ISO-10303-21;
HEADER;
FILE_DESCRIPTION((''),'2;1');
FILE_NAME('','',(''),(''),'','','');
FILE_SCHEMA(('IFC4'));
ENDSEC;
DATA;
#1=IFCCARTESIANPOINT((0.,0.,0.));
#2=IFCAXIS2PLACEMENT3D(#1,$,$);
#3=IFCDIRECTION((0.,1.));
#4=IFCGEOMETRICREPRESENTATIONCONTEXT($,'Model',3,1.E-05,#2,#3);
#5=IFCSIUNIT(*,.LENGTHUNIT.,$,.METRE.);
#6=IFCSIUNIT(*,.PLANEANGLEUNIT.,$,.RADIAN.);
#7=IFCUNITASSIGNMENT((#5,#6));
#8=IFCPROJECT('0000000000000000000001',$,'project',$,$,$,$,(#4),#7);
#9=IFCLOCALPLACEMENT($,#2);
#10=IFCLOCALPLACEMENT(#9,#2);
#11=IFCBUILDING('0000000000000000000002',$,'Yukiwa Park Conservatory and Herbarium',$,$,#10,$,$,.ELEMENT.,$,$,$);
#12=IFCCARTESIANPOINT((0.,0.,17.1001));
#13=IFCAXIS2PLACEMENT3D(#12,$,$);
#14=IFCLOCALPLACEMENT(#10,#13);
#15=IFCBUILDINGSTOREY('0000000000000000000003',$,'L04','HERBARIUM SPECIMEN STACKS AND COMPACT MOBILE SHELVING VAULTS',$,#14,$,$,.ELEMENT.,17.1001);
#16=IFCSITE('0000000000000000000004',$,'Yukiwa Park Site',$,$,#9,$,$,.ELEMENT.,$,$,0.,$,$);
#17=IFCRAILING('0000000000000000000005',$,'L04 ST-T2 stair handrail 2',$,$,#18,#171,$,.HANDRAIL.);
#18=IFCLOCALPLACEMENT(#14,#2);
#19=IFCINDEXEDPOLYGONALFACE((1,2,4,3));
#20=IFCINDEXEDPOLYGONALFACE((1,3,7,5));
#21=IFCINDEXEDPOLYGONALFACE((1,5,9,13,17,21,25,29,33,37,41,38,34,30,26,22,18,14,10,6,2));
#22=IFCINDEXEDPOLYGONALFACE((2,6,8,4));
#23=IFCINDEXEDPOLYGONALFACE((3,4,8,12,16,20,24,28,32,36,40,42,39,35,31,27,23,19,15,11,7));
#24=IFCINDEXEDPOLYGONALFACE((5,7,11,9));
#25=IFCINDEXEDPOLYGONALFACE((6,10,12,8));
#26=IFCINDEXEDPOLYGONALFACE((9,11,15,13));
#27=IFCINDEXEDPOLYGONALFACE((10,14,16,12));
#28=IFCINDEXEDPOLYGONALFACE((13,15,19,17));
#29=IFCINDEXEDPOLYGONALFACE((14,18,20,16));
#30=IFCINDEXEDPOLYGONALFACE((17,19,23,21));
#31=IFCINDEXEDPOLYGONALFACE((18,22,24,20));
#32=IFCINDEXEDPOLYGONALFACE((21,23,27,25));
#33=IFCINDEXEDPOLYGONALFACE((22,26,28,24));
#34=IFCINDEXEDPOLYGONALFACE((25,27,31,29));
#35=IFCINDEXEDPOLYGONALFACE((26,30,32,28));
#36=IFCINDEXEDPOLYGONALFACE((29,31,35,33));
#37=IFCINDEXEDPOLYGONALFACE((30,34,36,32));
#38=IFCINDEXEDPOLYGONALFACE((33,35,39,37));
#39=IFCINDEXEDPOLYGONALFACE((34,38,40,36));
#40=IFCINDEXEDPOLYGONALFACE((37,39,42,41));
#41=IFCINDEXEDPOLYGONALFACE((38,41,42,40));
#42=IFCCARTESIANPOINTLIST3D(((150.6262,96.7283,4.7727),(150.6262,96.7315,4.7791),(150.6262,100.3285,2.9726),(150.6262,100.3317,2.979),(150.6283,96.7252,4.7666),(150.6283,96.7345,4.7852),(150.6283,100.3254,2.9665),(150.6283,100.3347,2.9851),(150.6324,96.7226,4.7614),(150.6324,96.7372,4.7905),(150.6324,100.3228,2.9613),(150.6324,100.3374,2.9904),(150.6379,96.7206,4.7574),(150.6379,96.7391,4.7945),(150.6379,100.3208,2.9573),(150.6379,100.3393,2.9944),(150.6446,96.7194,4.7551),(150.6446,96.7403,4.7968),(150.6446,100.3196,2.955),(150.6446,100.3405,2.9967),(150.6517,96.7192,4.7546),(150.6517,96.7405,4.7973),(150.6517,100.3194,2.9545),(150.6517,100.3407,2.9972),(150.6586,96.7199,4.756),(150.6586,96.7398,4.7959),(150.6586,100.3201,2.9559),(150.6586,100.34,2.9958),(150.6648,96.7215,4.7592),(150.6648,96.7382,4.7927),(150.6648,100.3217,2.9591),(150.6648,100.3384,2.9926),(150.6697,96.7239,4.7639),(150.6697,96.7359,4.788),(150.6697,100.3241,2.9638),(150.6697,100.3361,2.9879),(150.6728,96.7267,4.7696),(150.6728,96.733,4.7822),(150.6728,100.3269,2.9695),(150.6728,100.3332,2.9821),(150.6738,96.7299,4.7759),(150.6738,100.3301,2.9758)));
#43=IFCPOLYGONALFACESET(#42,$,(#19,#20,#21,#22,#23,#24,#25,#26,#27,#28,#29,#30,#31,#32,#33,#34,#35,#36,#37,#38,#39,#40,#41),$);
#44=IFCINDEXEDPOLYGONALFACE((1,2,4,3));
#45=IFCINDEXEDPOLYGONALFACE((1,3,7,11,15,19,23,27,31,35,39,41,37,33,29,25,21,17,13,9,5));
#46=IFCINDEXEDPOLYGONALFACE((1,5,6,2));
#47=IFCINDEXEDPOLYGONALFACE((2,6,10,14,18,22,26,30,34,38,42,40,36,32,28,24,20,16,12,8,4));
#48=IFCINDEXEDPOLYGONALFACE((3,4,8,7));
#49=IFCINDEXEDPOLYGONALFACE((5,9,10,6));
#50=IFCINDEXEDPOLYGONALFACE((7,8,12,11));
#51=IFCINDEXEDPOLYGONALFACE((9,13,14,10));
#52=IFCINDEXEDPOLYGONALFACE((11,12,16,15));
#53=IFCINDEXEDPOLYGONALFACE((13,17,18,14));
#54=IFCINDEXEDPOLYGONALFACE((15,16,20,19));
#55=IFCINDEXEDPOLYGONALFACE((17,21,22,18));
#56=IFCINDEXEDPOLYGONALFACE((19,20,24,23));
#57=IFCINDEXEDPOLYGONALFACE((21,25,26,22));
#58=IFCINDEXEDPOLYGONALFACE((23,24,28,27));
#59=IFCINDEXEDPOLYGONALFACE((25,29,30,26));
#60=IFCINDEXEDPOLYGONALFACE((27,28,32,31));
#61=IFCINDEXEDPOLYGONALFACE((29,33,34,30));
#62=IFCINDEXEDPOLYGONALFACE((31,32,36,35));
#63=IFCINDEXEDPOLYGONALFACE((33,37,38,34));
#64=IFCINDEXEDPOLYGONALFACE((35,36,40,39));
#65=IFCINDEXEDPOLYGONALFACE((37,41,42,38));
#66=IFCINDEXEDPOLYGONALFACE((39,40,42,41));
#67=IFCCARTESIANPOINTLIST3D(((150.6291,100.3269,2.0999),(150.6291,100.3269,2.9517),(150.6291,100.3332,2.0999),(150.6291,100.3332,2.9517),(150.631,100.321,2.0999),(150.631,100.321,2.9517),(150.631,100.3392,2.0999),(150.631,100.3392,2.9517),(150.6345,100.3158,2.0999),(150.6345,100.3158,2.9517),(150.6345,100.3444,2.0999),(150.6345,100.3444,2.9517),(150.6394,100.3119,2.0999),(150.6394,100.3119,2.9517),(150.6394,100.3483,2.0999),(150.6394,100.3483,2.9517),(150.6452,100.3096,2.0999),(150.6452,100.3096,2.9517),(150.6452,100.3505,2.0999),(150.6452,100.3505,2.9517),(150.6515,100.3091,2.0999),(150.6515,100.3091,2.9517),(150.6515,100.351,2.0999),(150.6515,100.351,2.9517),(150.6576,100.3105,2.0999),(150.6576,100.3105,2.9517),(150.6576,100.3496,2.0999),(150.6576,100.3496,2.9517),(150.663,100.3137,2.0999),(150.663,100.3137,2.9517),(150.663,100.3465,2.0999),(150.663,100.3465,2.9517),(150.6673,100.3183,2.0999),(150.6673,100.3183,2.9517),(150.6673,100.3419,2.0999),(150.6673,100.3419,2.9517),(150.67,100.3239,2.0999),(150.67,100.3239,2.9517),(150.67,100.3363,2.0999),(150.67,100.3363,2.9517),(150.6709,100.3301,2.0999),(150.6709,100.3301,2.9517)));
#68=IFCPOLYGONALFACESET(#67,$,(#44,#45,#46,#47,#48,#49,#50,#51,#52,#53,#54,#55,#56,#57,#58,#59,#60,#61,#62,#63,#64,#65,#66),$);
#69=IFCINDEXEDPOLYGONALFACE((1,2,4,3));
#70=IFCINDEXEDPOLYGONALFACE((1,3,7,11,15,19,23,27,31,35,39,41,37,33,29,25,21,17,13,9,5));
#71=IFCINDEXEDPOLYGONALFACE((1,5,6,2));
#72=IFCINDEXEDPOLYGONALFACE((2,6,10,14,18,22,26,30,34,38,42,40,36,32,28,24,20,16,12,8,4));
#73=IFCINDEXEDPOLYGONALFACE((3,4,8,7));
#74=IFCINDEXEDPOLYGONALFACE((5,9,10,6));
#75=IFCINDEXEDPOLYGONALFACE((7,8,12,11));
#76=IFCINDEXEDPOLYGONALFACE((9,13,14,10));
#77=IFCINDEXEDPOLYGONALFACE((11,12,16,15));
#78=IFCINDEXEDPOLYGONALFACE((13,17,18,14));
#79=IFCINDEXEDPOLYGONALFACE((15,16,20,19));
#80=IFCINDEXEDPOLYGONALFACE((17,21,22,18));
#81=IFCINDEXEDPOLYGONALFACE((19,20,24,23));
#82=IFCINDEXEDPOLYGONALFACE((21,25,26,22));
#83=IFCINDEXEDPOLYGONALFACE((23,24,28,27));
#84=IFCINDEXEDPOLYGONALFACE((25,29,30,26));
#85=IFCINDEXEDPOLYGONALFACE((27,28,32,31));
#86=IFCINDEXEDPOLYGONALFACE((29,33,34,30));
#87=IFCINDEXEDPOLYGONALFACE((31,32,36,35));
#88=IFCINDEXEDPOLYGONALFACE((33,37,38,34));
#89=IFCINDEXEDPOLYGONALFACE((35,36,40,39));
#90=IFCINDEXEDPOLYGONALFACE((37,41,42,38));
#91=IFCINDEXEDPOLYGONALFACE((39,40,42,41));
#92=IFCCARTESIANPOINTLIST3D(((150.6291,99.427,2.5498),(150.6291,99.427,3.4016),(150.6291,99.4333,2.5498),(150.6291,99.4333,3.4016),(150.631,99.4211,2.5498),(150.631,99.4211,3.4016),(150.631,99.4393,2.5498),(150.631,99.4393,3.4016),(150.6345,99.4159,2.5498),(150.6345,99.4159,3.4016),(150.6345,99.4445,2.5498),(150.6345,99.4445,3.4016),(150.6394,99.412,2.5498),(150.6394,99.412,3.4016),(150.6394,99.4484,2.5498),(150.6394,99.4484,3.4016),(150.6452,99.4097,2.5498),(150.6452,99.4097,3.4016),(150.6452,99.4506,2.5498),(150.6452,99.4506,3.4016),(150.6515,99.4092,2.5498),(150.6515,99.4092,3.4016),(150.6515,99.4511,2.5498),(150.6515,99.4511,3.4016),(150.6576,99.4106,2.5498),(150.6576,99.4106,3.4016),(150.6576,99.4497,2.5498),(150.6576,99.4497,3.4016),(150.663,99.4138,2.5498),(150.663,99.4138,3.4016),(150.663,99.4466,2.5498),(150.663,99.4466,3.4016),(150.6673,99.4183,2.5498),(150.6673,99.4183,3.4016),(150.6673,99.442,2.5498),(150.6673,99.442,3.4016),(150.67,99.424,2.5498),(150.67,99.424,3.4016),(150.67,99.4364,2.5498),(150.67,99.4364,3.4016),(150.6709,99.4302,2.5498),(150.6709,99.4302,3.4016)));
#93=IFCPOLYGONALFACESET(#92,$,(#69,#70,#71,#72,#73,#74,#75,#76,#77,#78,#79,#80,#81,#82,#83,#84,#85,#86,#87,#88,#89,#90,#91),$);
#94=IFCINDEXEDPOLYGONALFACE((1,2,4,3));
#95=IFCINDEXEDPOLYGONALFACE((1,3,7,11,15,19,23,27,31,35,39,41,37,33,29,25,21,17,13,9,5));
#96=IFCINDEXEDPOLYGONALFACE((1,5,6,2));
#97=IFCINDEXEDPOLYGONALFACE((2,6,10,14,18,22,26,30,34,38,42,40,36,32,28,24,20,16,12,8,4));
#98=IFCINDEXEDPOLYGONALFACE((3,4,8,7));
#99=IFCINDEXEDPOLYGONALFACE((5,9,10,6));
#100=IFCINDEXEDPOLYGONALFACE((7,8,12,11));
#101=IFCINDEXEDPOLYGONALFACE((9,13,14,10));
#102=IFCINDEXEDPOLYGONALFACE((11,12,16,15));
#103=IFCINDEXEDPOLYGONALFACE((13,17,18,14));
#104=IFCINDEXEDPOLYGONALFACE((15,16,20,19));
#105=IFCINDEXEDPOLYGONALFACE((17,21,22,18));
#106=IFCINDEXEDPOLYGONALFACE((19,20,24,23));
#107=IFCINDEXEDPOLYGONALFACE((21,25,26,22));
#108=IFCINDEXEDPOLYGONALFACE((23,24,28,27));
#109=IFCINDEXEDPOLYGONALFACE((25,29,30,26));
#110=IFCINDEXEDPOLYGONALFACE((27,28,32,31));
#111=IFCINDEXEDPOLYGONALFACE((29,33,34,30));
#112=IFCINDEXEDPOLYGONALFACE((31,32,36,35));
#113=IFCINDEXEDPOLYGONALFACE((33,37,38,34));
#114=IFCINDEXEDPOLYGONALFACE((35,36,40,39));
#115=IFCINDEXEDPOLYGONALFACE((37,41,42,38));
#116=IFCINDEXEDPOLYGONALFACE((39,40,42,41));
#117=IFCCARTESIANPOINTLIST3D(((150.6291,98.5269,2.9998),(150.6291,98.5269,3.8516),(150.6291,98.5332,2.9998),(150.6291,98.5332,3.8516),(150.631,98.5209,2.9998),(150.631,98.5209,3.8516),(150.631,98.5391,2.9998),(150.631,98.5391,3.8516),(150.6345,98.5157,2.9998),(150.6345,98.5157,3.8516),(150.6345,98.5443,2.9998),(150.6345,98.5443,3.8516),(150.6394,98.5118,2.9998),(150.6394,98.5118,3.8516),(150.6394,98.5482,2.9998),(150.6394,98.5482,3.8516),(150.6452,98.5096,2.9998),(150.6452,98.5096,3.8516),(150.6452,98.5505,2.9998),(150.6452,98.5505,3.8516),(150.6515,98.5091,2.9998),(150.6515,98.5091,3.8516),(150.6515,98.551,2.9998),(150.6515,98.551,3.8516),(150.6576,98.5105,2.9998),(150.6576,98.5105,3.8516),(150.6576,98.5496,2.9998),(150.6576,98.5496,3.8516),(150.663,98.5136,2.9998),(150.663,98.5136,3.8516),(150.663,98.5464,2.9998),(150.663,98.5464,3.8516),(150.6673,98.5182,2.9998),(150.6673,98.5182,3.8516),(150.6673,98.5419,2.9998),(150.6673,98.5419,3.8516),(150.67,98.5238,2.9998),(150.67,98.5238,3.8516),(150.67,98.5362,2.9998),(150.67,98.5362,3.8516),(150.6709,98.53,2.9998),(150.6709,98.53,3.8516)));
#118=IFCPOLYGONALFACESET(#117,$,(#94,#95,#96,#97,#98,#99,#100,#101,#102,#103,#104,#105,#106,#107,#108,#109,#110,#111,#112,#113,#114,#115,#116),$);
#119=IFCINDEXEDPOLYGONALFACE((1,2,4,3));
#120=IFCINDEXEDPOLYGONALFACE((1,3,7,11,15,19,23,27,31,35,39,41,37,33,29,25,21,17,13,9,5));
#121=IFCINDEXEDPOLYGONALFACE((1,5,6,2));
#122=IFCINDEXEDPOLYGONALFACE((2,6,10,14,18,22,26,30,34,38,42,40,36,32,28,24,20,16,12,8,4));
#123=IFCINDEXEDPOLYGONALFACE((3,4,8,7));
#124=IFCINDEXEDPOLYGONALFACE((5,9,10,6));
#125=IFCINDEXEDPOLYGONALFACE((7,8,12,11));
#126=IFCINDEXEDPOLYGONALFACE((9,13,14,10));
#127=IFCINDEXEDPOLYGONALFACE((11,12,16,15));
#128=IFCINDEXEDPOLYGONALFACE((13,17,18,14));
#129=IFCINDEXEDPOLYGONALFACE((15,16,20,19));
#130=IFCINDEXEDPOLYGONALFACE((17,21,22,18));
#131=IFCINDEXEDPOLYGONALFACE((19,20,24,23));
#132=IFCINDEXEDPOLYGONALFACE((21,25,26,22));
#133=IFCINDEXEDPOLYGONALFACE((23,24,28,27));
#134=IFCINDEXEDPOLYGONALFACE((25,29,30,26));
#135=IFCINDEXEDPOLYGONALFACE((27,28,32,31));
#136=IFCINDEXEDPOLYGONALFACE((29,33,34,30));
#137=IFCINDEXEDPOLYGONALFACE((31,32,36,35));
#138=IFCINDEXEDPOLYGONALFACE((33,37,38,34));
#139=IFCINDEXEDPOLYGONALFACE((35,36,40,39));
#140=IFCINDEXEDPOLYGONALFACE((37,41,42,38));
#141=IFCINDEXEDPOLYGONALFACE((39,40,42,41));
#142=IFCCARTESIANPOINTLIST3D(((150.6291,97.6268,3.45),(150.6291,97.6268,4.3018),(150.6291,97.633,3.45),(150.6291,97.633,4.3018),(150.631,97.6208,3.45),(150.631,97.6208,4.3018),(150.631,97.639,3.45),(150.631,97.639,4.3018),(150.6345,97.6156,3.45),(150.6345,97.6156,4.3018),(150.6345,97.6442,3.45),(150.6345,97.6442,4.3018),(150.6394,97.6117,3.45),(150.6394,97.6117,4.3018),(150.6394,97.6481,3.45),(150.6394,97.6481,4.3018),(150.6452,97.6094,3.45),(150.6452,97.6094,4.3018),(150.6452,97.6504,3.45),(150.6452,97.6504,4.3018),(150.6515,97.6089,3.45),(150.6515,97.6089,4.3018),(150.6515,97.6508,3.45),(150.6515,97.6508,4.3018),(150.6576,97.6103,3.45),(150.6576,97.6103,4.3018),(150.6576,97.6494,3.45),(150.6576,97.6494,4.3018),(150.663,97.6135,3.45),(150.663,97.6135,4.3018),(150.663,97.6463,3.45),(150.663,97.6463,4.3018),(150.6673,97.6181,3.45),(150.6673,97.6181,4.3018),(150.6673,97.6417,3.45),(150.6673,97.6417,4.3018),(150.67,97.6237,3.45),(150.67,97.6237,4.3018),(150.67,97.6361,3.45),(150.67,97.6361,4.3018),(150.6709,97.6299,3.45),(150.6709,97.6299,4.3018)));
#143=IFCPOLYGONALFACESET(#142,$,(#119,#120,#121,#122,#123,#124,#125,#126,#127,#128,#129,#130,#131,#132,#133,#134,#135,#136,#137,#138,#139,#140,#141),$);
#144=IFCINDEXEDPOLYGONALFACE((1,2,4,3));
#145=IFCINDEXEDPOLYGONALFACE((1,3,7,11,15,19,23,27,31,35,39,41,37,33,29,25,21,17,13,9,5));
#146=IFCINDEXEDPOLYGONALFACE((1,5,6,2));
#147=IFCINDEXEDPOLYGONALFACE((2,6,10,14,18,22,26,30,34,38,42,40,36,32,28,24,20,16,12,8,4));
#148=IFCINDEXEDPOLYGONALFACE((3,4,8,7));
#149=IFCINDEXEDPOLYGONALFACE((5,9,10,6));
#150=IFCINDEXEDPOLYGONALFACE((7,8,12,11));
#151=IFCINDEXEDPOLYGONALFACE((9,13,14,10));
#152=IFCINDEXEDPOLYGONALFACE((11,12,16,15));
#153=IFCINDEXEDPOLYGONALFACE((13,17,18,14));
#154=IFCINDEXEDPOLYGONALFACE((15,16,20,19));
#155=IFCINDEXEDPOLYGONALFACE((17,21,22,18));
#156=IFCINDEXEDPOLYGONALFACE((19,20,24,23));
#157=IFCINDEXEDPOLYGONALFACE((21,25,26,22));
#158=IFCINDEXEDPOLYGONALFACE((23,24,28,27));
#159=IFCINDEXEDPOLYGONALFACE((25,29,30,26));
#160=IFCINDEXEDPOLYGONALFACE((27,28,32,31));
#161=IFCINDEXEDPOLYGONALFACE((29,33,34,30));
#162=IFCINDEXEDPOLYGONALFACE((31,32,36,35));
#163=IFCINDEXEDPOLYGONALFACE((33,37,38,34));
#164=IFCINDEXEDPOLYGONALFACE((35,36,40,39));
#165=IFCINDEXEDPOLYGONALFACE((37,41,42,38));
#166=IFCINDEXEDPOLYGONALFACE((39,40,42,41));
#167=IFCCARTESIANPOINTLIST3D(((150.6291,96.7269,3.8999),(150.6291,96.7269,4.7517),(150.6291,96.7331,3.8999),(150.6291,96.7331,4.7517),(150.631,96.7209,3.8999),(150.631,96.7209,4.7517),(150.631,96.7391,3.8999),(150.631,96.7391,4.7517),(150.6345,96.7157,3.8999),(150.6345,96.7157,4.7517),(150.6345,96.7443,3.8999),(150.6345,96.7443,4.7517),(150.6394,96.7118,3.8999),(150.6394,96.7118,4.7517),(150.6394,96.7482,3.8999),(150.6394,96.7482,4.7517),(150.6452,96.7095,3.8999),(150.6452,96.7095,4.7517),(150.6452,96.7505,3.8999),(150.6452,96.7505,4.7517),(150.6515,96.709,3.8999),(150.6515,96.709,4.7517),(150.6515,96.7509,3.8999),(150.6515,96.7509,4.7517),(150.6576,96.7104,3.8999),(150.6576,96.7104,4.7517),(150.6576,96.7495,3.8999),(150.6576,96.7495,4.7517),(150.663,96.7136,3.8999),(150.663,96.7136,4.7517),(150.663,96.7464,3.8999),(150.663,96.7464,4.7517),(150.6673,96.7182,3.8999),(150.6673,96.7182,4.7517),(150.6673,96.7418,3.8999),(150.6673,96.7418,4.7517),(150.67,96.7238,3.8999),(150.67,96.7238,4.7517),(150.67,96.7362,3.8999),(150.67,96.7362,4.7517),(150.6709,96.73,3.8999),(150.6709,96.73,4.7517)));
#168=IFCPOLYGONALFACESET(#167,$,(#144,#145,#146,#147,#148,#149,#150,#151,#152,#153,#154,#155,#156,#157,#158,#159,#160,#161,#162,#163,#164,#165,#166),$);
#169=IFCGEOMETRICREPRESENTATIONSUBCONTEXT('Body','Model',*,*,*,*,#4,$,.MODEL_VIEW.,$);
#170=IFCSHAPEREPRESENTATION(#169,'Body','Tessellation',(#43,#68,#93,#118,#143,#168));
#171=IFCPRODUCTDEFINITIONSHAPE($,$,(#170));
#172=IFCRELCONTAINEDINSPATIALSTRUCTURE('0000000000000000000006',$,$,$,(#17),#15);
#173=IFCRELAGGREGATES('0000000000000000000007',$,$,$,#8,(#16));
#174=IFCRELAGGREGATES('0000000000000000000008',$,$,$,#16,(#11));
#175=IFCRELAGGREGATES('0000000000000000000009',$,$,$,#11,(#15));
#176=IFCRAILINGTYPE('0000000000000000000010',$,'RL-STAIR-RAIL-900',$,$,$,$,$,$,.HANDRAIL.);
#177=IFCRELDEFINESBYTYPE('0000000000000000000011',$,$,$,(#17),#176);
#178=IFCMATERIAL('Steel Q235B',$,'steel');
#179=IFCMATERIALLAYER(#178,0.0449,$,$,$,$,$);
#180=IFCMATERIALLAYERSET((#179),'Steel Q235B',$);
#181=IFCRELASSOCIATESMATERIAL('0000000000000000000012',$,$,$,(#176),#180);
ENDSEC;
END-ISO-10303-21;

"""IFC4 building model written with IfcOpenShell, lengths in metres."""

from ifc_helpers import new_model, si_unit, direction, frame, origin, origin_2d, place, context, subcontext, project, spatial, circle, extrude, material, layer, layer_set, type_object, element, save


model = new_model("IFC4")

# Units and contexts
model_context = context("Model", 3, precision=1e-05, world=origin(), true_north=direction((0.0, 1.0)))
body_context = subcontext(model_context, "Body", "Model", "MODEL_VIEW")
ifc_project = project(units=[si_unit("LENGTHUNIT", "METRE"), si_unit("PLANEANGLEUNIT", "RADIAN")], contexts=[model_context])

# Site, building, storey
site_placement = place(None, origin())
site = spatial("IfcSite", under=ifc_project, at=site_placement, Name="Yukiwa Park Site", CompositionType="ELEMENT", RefElevation=0.0)
building_placement = place(site_placement, origin())
building = spatial("IfcBuilding", under=site, at=building_placement, Name="Yukiwa Park Conservatory and Herbarium", CompositionType="ELEMENT")
storey_placement = place(building_placement, frame((0.0, 0.0, 17.1001)))
storey = spatial("IfcBuildingStorey", under=building, at=storey_placement, Name="L04", Description="HERBARIUM SPECIMEN STACKS AND COMPACT MOBILE SHELVING VAULTS", CompositionType="ELEMENT", Elevation=17.1001)

# Railing
ifc_material_1 = material(Name="Steel Q235B", Category="steel")
ifc_layer_1 = layer(ifc_material_1, 0.0449)
ifc_layer_set_1 = layer_set([ifc_layer_1], Name="Steel Q235B")
railing_type_1 = type_object("IfcRailingType", Name="RL-STAIR-RAIL-900", PredefinedType="HANDRAIL", material=ifc_layer_set_1)
railing_1_placement = place(storey_placement, frame((150.6499, 100.3301, 2.0999)))
element("IfcRailing", 1, at=railing_1_placement, inside=storey, type_object=railing_type_1, Name="L04 ST-T2 stair handrail 2", PredefinedType="HANDRAIL", context=body_context, shape_type="SweptSolid", body=[
    extrude(circle(Radius=0.0239, at=origin_2d()), frame((0.0, 0.0, 0.876), z_axis=(0.0, -0.894427, 0.447214), x_axis=(1.0, 0.0, 0.0)), (0.0, 0.0, 1.0), 4.0251),
    extrude(circle(Radius=0.021, at=origin_2d()), origin(), (0.0, 0.0, 1.0), 0.8518),
    extrude(circle(Radius=0.021, at=origin_2d()), frame((0.0, -0.8999, 0.45)), (0.0, 0.0, 1.0), 0.8518),
    extrude(circle(Radius=0.021, at=origin_2d()), frame((0.0, -1.8, 0.8999)), (0.0, 0.0, 1.0), 0.8518),
    extrude(circle(Radius=0.021, at=origin_2d()), frame((0.0, -2.7002, 1.3501)), (0.0, 0.0, 1.0), 0.8518),
    extrude(circle(Radius=0.021, at=origin_2d()), frame((0.0, -3.6001, 1.8)), (0.0, 0.0, 1.0), 0.8518),
])

save(model, "model.ifc")
